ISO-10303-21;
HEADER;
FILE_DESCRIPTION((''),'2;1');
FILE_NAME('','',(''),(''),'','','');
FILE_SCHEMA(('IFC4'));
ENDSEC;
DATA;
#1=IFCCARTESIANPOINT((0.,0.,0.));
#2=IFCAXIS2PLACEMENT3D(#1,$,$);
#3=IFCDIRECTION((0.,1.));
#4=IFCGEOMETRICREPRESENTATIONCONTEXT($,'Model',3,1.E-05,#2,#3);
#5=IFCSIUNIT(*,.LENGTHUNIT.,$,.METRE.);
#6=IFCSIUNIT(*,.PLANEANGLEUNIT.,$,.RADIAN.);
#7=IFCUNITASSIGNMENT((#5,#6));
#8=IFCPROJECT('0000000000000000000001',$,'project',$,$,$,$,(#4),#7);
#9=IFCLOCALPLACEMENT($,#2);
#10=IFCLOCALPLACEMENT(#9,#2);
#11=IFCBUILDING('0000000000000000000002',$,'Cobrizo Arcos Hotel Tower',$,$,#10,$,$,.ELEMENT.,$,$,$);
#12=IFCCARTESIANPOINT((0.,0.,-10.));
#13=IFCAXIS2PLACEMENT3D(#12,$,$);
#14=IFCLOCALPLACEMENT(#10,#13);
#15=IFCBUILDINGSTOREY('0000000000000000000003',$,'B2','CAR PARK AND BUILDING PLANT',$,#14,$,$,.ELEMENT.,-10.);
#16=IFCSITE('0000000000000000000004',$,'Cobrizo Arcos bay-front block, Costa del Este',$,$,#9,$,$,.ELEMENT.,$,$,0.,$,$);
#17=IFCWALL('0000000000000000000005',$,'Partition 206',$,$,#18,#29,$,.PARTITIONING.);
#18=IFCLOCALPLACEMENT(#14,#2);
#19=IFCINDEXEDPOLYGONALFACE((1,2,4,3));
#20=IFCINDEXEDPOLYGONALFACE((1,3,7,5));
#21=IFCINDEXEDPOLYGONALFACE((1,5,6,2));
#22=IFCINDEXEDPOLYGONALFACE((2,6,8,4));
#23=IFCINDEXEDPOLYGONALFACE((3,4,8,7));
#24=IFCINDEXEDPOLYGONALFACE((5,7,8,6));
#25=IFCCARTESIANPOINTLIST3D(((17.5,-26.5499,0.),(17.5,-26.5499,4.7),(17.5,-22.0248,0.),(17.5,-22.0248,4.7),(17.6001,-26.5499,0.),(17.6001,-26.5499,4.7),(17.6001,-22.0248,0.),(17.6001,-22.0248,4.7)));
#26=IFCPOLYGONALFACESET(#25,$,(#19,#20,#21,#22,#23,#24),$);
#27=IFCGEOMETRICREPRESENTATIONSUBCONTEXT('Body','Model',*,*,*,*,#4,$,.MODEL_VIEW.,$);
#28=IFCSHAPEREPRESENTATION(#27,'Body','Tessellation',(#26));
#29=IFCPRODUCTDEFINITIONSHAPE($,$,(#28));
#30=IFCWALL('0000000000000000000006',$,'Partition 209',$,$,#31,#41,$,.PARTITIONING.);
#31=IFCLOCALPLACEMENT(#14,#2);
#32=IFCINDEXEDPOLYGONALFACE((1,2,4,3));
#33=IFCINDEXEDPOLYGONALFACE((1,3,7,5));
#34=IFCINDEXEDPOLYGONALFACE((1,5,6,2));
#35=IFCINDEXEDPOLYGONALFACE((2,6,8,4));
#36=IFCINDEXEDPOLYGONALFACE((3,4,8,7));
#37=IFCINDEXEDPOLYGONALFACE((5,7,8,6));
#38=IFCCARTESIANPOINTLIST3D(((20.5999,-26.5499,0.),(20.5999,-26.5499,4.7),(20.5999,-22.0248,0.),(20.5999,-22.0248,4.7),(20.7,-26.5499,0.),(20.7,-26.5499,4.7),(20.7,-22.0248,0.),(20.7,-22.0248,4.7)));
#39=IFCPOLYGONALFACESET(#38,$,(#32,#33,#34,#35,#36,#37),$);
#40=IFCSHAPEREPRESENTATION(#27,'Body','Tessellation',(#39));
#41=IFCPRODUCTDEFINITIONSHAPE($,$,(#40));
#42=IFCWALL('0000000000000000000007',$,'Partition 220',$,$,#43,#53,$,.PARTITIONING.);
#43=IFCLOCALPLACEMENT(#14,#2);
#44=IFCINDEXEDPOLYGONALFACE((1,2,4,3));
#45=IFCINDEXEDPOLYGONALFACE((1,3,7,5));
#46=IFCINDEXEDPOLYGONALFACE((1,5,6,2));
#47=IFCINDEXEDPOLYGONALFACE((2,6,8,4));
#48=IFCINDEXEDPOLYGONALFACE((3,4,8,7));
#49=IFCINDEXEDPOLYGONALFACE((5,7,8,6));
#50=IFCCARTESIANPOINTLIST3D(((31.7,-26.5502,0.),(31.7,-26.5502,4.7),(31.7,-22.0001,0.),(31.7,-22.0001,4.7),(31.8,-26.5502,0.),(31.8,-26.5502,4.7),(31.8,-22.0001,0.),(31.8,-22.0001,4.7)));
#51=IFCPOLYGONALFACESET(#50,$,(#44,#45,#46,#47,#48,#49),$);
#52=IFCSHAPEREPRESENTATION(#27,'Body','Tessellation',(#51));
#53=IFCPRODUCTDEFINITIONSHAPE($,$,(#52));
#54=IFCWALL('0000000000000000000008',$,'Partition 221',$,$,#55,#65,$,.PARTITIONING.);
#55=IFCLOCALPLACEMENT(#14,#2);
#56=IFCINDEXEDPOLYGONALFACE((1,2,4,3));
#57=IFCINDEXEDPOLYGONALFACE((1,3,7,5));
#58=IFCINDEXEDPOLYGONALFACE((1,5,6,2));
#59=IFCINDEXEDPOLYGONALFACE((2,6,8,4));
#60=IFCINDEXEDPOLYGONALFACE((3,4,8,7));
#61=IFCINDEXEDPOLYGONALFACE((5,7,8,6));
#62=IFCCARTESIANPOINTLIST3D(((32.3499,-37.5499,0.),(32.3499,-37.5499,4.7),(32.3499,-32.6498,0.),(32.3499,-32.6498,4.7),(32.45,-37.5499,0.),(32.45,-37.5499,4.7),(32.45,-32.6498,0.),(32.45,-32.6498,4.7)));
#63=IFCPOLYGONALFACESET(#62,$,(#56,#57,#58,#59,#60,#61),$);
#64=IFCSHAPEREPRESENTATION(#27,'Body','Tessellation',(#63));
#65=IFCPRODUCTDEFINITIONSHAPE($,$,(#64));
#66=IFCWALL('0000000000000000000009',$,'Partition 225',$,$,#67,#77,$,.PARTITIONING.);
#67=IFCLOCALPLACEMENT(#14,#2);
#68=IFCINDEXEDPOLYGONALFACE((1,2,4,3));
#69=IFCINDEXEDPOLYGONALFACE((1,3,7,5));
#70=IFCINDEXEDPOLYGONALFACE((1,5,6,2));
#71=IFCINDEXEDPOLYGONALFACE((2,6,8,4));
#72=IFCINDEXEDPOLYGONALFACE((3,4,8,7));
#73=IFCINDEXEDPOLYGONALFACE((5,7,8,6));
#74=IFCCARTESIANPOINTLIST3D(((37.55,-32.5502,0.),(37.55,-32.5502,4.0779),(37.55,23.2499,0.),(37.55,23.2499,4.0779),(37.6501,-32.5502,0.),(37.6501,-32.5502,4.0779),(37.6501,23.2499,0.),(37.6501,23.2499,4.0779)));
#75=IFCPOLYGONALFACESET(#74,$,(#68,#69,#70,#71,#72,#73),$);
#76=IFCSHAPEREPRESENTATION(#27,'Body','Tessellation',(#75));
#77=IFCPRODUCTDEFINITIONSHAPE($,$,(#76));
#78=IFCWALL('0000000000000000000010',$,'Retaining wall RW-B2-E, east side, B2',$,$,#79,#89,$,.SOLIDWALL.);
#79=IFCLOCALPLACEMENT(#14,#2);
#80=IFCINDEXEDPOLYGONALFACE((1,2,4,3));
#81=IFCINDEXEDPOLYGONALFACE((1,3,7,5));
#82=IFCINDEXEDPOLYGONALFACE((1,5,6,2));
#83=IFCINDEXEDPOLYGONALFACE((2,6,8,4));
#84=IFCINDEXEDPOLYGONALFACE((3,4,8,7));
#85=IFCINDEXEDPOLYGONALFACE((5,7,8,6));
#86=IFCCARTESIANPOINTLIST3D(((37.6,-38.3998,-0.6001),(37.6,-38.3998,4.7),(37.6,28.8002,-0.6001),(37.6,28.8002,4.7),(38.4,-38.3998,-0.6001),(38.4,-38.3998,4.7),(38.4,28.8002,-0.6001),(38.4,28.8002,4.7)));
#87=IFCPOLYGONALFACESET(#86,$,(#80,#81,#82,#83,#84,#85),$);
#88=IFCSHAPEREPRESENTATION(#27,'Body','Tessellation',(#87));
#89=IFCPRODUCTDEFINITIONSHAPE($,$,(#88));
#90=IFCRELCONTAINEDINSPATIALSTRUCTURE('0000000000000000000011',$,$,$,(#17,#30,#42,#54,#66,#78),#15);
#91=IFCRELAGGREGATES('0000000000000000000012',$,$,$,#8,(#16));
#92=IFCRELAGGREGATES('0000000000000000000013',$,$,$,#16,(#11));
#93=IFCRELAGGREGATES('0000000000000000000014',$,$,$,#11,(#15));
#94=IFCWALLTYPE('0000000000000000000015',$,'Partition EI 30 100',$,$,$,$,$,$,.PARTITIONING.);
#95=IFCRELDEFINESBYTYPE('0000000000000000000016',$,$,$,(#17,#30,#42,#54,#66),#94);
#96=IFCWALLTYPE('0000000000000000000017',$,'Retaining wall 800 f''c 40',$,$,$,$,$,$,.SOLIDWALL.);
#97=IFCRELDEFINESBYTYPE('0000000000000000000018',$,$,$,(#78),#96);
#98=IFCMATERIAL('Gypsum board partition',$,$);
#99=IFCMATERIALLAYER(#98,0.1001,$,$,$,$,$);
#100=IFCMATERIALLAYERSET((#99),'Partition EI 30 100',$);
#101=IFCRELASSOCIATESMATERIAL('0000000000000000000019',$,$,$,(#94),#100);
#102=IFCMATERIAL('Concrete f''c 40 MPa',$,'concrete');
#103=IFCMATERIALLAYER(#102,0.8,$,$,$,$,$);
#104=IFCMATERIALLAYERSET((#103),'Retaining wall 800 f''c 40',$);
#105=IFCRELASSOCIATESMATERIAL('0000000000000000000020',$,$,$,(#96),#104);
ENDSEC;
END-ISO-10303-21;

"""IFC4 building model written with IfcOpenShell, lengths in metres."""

from ifc_helpers import new_model, si_unit, direction, frame, frame_2d, origin, place, context, subcontext, project, spatial, rectangle, extrude, material, layer, layer_set, type_object, element, save


model = new_model("IFC4")

# Units and contexts
model_context = context("Model", 3, precision=1e-05, world=origin(), true_north=direction((0.0, 1.0)))
body_context = subcontext(model_context, "Body", "Model", "MODEL_VIEW")
ifc_project = project(units=[si_unit("LENGTHUNIT", "METRE"), si_unit("PLANEANGLEUNIT", "RADIAN")], contexts=[model_context])

# Site, building, storey
site_placement = place(None, origin())
site = spatial("IfcSite", under=ifc_project, at=site_placement, Name="Cobrizo Arcos bay-front block, Costa del Este", CompositionType="ELEMENT", RefElevation=0.0)
building_placement = place(site_placement, origin())
building = spatial("IfcBuilding", under=site, at=building_placement, Name="Cobrizo Arcos Hotel Tower", CompositionType="ELEMENT")
storey_placement = place(building_placement, frame((0.0, 0.0, -10.0)))
storey = spatial("IfcBuildingStorey", under=building, at=storey_placement, Name="B2", Description="CAR PARK AND BUILDING PLANT", CompositionType="ELEMENT", Elevation=-10.0)

# Shared definitions
ifc_material_1 = material(Name="Concrete f'c 40 MPa", Category="concrete")

# Walls
ifc_material_2 = material(Name="Gypsum board partition")
ifc_layer_1 = layer(ifc_material_2, 0.1001)
ifc_layer_set_1 = layer_set([ifc_layer_1], Name="Partition EI 30 100")
wall_type_1 = type_object("IfcWallType", Name="Partition EI 30 100", PredefinedType="PARTITIONING", material=ifc_layer_set_1)
for number, where, z_axis, x_axis, name in (
    (1, (17.55, -26.55, 0.0), (0.0, 0.0, 1.0), (0.0, 1.0, 0.0), "Partition 206"),
    (2, (20.6499, -26.55, 0.0), (0.0, 0.0, 1.0), (0.0, 1.0, 0.0), "Partition 209"),
):
    element("IfcWall", number, at=place(storey_placement, frame(where, z_axis=z_axis, x_axis=x_axis)), inside=storey, type_object=wall_type_1, Name=name, PredefinedType="PARTITIONING", context=body_context, shape_type="SweptSolid", body=[
        extrude(rectangle(XDim=4.5251, YDim=0.1001, at=frame_2d((2.2627, 0.0))), origin(), (0.0, 0.0, 1.0), 4.7),
    ])
wall_1_placement = place(storey_placement, frame((31.75, -26.55, 0.0), z_axis=(0.0, 0.0, 1.0), x_axis=(0.0, 1.0, 0.0)))
element("IfcWall", 3, at=wall_1_placement, inside=storey, type_object=wall_type_1, Name="Partition 220", PredefinedType="PARTITIONING", context=body_context, shape_type="SweptSolid", body=[
    extrude(rectangle(XDim=4.55, YDim=0.1001, at=frame_2d((2.2749, 0.0))), origin(), (0.0, 0.0, 1.0), 4.7),
])
wall_2_placement = place(storey_placement, frame((32.3999, -37.55, 0.0), z_axis=(0.0, 0.0, 1.0), x_axis=(0.0, 1.0, 0.0)))
element("IfcWall", 4, at=wall_2_placement, inside=storey, type_object=wall_type_1, Name="Partition 221", PredefinedType="PARTITIONING", context=body_context, shape_type="SweptSolid", body=[
    extrude(rectangle(XDim=4.9001, YDim=0.1001, at=frame_2d((2.4502, 0.0))), origin(), (0.0, 0.0, 1.0), 4.7),
])
wall_3_placement = place(storey_placement, frame((37.6001, -32.55, 0.0), z_axis=(0.0, 0.0, 1.0), x_axis=(0.0, 1.0, 0.0)))
element("IfcWall", 5, at=wall_3_placement, inside=storey, type_object=wall_type_1, Name="Partition 225", PredefinedType="PARTITIONING", context=body_context, shape_type="SweptSolid", body=[
    extrude(rectangle(XDim=55.8, YDim=0.1001, at=frame_2d((27.8999, 0.0))), origin(), (0.0, 0.0, 1.0), 4.0779),
])
ifc_layer_2 = layer(ifc_material_1, 0.8)
ifc_layer_set_2 = layer_set([ifc_layer_2], Name="Retaining wall 800 f'c 40")
wall_type_2 = type_object("IfcWallType", Name="Retaining wall 800 f'c 40", PredefinedType="SOLIDWALL", material=ifc_layer_set_2)
wall_4_placement = place(storey_placement, frame((38.0, -38.3999, -0.6001), z_axis=(0.0, 0.0, 1.0), x_axis=(0.0, 1.0, 0.0)))
element("IfcWall", 6, at=wall_4_placement, inside=storey, type_object=wall_type_2, Name="Retaining wall RW-B2-E, east side, B2", PredefinedType="SOLIDWALL", context=body_context, shape_type="SweptSolid", body=[
    extrude(rectangle(XDim=67.2, YDim=0.8, at=frame_2d((33.6001, 0.0))), origin(), (0.0, 0.0, 1.0), 5.3),
])

save(model, "model.ifc")
